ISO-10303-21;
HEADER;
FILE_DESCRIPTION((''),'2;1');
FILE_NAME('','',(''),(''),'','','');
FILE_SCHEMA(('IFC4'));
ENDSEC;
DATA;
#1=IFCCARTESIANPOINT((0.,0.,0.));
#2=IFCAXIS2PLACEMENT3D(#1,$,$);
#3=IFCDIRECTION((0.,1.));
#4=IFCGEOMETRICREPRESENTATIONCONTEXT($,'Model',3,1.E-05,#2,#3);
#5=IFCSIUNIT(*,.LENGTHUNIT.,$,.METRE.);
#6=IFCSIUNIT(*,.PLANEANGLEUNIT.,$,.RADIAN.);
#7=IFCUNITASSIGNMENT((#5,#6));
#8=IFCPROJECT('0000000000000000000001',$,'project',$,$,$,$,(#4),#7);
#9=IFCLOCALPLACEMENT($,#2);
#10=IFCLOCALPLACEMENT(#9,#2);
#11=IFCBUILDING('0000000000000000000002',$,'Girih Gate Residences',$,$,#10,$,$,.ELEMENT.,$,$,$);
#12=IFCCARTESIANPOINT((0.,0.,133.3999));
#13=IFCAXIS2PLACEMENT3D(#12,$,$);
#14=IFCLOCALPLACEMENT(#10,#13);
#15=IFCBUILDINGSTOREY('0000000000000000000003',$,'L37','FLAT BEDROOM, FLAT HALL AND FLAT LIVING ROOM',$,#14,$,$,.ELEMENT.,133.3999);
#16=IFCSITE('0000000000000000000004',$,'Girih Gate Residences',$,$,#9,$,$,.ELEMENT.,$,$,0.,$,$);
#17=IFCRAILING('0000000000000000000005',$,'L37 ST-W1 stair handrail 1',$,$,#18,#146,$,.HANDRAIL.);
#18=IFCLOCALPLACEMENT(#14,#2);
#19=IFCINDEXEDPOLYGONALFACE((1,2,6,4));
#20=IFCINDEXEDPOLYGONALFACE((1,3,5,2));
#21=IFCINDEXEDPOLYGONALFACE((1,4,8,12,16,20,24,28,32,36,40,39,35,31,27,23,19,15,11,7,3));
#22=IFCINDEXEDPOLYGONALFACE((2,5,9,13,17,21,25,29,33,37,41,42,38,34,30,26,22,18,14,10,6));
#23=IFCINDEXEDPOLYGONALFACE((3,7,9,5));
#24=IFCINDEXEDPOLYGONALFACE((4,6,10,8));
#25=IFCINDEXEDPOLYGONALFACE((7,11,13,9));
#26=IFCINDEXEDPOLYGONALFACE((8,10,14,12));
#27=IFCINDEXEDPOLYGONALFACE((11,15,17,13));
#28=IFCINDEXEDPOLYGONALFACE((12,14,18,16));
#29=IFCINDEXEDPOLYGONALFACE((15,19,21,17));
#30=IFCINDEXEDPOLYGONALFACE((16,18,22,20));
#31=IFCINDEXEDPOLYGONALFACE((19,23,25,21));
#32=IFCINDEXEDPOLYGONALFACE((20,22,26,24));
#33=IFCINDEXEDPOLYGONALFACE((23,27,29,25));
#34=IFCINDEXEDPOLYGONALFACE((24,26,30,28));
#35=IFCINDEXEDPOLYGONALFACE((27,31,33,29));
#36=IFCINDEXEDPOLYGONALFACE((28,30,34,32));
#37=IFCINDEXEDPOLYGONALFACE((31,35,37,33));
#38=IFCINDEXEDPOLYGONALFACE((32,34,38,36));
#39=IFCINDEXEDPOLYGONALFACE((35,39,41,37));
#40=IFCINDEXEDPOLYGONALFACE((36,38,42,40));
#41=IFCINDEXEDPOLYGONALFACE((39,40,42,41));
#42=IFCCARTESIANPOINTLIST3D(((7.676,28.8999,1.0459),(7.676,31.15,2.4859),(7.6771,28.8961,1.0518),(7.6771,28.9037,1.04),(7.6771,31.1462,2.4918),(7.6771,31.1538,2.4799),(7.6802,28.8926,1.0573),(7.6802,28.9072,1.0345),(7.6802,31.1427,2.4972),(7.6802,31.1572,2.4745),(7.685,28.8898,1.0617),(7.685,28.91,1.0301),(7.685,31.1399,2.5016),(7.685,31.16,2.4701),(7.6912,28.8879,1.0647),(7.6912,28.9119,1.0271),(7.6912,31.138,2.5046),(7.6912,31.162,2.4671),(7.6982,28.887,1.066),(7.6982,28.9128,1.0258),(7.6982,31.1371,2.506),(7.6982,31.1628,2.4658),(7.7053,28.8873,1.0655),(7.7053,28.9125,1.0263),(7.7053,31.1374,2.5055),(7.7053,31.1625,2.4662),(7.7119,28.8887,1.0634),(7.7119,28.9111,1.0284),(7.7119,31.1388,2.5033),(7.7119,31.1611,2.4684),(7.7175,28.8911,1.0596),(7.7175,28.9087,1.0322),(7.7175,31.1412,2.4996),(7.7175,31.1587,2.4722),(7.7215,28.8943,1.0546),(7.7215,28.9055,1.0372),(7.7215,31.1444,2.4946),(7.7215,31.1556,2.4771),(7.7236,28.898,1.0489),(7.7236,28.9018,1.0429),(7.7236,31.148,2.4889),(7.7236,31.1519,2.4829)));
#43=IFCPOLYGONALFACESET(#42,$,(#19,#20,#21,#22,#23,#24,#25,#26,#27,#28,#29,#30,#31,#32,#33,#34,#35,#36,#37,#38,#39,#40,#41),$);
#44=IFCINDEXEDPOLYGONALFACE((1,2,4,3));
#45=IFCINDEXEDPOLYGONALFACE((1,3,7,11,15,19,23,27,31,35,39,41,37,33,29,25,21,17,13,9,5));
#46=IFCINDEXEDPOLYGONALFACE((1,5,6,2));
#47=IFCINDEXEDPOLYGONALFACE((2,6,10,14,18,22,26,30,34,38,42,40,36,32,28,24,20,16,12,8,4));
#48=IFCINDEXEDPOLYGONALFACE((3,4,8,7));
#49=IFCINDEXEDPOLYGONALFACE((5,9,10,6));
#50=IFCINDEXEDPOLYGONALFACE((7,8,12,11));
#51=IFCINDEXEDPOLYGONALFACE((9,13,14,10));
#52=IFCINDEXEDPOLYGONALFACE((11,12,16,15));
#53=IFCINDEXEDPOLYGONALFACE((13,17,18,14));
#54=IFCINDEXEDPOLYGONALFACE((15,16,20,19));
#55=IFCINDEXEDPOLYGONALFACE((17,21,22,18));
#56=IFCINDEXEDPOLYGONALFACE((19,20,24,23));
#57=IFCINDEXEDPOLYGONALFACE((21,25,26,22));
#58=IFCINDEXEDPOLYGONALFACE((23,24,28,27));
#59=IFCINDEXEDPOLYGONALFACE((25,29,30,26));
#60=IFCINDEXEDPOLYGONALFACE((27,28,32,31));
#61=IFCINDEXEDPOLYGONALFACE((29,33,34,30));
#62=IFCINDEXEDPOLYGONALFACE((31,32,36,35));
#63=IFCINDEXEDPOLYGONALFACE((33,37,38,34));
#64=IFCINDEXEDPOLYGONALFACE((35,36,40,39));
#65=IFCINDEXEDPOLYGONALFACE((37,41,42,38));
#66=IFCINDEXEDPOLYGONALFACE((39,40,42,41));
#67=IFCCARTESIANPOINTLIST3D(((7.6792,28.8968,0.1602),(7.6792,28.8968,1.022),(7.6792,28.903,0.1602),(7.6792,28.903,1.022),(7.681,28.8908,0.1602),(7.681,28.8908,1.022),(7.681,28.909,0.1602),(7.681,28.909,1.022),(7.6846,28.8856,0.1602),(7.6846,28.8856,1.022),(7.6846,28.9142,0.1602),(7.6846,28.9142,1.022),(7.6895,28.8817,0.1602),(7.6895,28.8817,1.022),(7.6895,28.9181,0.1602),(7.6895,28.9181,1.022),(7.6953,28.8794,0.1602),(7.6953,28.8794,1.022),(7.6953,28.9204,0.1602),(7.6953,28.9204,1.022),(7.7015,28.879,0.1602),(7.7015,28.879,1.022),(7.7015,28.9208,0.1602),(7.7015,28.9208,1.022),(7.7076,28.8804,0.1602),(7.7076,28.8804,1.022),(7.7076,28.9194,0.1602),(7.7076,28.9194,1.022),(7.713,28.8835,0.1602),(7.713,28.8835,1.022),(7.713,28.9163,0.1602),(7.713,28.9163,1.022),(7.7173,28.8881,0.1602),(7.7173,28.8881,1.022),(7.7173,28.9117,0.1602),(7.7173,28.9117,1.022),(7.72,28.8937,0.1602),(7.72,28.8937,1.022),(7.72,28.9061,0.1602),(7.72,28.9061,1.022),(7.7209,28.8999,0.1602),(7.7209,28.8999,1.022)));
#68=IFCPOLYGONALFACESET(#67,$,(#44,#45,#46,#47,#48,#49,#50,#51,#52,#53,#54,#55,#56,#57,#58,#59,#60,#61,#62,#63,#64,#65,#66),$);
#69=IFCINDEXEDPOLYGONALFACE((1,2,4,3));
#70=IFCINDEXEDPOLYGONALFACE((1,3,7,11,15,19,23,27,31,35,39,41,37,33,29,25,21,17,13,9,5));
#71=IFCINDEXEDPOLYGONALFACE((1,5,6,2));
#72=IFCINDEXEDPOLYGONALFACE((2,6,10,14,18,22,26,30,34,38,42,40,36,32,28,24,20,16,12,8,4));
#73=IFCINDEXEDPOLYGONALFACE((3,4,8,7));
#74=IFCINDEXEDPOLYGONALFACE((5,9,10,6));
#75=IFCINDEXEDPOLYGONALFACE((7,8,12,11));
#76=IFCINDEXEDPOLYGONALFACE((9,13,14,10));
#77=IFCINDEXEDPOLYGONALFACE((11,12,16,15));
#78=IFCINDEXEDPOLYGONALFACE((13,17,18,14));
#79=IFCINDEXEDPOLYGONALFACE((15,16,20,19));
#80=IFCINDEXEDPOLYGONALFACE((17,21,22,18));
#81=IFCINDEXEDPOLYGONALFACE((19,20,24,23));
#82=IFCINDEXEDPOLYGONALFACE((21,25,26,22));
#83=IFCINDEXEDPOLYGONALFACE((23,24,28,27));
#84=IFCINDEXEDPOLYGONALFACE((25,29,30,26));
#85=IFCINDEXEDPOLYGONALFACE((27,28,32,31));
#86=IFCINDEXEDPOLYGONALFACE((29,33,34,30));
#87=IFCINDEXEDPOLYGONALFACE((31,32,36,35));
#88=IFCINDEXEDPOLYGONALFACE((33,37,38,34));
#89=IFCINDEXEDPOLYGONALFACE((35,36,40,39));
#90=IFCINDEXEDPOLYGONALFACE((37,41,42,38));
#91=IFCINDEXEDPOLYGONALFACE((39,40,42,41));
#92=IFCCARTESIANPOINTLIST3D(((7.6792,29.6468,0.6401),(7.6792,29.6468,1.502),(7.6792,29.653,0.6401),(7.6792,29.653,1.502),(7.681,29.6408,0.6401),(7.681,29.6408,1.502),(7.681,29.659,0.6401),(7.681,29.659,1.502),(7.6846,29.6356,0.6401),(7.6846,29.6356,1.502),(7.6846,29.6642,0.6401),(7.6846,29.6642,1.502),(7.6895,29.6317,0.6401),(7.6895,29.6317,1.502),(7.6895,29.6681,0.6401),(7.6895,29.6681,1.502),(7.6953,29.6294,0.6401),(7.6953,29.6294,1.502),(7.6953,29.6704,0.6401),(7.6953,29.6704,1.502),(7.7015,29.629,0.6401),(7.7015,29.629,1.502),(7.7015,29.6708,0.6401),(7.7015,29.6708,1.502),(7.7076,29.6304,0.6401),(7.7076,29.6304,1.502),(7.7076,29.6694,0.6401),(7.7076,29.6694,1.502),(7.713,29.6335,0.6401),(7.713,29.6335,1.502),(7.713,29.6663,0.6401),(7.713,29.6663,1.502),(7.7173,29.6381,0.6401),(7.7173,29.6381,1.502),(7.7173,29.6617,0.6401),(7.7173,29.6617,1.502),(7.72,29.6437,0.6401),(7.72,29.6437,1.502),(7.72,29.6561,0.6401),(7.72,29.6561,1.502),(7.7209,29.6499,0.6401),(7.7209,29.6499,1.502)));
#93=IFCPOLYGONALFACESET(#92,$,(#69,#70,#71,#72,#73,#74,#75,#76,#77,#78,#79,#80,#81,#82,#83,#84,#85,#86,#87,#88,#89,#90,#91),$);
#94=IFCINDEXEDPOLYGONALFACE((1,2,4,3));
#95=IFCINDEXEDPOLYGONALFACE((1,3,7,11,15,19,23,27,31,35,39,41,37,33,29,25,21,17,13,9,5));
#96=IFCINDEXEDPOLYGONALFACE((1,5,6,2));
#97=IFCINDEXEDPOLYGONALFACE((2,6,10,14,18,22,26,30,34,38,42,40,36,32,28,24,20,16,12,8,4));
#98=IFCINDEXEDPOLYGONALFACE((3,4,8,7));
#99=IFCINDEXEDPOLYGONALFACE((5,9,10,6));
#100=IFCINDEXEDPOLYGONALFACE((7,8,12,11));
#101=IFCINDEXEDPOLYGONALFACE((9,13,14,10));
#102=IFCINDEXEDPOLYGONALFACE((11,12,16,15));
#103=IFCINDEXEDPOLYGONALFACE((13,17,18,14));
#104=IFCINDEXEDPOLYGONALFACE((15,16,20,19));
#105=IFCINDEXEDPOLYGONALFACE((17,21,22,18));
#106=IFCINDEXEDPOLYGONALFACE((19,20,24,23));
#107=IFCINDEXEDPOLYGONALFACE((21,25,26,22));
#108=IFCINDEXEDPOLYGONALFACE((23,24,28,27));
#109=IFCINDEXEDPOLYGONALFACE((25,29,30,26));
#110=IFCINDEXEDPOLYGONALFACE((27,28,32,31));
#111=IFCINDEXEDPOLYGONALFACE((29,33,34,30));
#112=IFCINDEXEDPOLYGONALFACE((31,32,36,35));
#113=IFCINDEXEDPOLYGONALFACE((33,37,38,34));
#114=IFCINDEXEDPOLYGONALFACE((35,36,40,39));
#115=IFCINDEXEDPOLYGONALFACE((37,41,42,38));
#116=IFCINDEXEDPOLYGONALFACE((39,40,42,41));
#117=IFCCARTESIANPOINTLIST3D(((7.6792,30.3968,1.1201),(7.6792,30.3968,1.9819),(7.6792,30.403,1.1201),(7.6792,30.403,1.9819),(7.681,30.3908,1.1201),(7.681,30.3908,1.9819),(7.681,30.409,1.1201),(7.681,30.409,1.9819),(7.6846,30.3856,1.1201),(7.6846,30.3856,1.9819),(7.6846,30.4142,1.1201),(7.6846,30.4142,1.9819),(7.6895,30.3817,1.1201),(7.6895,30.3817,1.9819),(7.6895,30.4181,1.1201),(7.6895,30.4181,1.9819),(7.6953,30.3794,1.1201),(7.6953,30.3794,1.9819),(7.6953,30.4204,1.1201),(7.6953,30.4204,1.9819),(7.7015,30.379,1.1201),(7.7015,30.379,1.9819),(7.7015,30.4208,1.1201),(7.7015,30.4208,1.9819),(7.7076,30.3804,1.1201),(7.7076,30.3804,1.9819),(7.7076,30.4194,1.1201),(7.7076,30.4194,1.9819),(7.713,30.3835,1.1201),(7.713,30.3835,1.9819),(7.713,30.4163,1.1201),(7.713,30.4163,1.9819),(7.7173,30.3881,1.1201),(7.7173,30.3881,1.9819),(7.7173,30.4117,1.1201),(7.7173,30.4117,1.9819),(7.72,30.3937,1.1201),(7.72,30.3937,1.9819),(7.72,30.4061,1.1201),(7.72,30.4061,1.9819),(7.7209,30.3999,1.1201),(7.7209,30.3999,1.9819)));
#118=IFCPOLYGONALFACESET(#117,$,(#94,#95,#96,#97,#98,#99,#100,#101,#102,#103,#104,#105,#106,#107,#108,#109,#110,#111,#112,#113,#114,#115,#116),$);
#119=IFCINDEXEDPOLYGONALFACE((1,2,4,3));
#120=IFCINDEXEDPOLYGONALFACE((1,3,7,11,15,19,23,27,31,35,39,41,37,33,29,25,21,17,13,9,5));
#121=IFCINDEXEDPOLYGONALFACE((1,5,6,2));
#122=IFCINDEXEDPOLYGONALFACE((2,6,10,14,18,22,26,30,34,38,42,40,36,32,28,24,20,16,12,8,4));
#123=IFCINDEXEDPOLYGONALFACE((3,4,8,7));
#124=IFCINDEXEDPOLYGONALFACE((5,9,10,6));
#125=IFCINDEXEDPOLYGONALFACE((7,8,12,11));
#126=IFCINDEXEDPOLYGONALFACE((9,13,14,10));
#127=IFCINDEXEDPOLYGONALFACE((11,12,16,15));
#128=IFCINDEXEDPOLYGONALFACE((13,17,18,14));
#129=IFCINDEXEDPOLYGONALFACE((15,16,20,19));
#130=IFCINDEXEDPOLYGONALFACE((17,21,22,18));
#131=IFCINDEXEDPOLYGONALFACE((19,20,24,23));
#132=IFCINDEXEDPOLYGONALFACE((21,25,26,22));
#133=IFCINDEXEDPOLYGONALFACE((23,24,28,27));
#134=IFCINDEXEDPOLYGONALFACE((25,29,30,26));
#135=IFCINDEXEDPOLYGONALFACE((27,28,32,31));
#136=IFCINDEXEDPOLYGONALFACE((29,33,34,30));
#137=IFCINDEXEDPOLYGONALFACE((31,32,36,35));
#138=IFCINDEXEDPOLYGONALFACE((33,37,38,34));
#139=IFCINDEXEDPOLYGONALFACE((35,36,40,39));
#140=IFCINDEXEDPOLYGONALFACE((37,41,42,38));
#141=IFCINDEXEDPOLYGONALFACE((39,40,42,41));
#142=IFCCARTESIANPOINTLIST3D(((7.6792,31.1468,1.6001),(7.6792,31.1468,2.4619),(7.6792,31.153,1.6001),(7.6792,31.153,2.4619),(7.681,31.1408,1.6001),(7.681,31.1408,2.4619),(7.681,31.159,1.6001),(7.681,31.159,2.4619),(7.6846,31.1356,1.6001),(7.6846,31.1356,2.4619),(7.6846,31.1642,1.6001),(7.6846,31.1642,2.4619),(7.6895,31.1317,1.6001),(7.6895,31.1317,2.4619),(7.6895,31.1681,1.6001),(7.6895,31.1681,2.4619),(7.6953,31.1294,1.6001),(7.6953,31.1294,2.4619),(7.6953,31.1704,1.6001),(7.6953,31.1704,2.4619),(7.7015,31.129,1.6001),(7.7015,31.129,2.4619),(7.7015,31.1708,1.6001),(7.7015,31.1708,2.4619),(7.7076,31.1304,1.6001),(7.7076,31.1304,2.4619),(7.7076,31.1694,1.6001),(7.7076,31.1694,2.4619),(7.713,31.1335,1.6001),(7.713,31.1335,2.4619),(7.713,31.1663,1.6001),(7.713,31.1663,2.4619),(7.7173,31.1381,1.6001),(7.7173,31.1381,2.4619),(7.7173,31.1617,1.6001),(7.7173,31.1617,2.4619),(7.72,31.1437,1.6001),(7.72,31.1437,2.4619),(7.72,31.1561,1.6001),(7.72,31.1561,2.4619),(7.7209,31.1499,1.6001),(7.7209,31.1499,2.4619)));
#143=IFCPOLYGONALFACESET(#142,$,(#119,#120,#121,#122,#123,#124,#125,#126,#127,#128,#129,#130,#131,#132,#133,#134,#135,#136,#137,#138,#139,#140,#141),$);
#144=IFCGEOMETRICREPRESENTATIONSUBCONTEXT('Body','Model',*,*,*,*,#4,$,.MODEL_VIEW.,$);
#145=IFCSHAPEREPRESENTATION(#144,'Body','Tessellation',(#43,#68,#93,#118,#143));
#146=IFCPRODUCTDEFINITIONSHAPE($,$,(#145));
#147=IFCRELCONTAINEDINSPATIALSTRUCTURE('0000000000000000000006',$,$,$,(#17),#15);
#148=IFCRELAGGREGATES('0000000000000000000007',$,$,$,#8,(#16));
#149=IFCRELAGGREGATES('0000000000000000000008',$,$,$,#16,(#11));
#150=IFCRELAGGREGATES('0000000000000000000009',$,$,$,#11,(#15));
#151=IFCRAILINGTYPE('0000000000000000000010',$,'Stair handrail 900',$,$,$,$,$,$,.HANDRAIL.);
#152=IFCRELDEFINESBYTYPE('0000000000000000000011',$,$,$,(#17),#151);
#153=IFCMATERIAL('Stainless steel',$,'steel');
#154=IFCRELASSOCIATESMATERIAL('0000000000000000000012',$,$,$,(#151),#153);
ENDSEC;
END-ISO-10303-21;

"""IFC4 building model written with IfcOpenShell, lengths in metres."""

from ifc_helpers import new_model, si_unit, direction, frame, origin, origin_2d, place, context, subcontext, project, spatial, circle, extrude, material, type_object, element, save


model = new_model("IFC4")

# Units and contexts
model_context = context("Model", 3, precision=1e-05, world=origin(), true_north=direction((0.0, 1.0)))
body_context = subcontext(model_context, "Body", "Model", "MODEL_VIEW")
ifc_project = project(units=[si_unit("LENGTHUNIT", "METRE"), si_unit("PLANEANGLEUNIT", "RADIAN")], contexts=[model_context])

# Site, building, storey
site_placement = place(None, origin())
site = spatial("IfcSite", under=ifc_project, at=site_placement, Name="Girih Gate Residences", CompositionType="ELEMENT", RefElevation=0.0)
building_placement = place(site_placement, origin())
building = spatial("IfcBuilding", under=site, at=building_placement, Name="Girih Gate Residences", CompositionType="ELEMENT")
storey_placement = place(building_placement, frame((0.0, 0.0, 133.3999)))
storey = spatial("IfcBuildingStorey", under=building, at=storey_placement, Name="L37", Description="FLAT BEDROOM, FLAT HALL AND FLAT LIVING ROOM", CompositionType="ELEMENT", Elevation=133.3999)

# Railing
ifc_material_1 = material(Name="Stainless steel", Category="steel")
railing_type_1 = type_object("IfcRailingType", Name="Stair handrail 900", PredefinedType="HANDRAIL", material=ifc_material_1)
railing_1_placement = place(storey_placement, frame((7.7, 28.8999, 0.1602)))
element("IfcRailing", 1, at=railing_1_placement, inside=storey, type_object=railing_type_1, Name="L37 ST-W1 stair handrail 1", PredefinedType="HANDRAIL", context=body_context, shape_type="SweptSolid", body=[
    extrude(circle(Radius=0.0239, at=origin_2d()), frame((0.0, 0.0, 0.8857), z_axis=(0.0, 0.842281, 0.539038), x_axis=(-1.0, 0.0, 0.0)), (0.0, 0.0, 1.0), 2.6714),
    extrude(circle(Radius=0.021, at=origin_2d()), origin(), (0.0, 0.0, 1.0), 0.8618),
    extrude(circle(Radius=0.021, at=origin_2d()), frame((0.0, 0.75, 0.48)), (0.0, 0.0, 1.0), 0.8618),
    extrude(circle(Radius=0.021, at=origin_2d()), frame((0.0, 1.5, 0.96)), (0.0, 0.0, 1.0), 0.8618),
    extrude(circle(Radius=0.021, at=origin_2d()), frame((0.0, 2.25, 1.4399)), (0.0, 0.0, 1.0), 0.8618),
])

save(model, "model.ifc")
